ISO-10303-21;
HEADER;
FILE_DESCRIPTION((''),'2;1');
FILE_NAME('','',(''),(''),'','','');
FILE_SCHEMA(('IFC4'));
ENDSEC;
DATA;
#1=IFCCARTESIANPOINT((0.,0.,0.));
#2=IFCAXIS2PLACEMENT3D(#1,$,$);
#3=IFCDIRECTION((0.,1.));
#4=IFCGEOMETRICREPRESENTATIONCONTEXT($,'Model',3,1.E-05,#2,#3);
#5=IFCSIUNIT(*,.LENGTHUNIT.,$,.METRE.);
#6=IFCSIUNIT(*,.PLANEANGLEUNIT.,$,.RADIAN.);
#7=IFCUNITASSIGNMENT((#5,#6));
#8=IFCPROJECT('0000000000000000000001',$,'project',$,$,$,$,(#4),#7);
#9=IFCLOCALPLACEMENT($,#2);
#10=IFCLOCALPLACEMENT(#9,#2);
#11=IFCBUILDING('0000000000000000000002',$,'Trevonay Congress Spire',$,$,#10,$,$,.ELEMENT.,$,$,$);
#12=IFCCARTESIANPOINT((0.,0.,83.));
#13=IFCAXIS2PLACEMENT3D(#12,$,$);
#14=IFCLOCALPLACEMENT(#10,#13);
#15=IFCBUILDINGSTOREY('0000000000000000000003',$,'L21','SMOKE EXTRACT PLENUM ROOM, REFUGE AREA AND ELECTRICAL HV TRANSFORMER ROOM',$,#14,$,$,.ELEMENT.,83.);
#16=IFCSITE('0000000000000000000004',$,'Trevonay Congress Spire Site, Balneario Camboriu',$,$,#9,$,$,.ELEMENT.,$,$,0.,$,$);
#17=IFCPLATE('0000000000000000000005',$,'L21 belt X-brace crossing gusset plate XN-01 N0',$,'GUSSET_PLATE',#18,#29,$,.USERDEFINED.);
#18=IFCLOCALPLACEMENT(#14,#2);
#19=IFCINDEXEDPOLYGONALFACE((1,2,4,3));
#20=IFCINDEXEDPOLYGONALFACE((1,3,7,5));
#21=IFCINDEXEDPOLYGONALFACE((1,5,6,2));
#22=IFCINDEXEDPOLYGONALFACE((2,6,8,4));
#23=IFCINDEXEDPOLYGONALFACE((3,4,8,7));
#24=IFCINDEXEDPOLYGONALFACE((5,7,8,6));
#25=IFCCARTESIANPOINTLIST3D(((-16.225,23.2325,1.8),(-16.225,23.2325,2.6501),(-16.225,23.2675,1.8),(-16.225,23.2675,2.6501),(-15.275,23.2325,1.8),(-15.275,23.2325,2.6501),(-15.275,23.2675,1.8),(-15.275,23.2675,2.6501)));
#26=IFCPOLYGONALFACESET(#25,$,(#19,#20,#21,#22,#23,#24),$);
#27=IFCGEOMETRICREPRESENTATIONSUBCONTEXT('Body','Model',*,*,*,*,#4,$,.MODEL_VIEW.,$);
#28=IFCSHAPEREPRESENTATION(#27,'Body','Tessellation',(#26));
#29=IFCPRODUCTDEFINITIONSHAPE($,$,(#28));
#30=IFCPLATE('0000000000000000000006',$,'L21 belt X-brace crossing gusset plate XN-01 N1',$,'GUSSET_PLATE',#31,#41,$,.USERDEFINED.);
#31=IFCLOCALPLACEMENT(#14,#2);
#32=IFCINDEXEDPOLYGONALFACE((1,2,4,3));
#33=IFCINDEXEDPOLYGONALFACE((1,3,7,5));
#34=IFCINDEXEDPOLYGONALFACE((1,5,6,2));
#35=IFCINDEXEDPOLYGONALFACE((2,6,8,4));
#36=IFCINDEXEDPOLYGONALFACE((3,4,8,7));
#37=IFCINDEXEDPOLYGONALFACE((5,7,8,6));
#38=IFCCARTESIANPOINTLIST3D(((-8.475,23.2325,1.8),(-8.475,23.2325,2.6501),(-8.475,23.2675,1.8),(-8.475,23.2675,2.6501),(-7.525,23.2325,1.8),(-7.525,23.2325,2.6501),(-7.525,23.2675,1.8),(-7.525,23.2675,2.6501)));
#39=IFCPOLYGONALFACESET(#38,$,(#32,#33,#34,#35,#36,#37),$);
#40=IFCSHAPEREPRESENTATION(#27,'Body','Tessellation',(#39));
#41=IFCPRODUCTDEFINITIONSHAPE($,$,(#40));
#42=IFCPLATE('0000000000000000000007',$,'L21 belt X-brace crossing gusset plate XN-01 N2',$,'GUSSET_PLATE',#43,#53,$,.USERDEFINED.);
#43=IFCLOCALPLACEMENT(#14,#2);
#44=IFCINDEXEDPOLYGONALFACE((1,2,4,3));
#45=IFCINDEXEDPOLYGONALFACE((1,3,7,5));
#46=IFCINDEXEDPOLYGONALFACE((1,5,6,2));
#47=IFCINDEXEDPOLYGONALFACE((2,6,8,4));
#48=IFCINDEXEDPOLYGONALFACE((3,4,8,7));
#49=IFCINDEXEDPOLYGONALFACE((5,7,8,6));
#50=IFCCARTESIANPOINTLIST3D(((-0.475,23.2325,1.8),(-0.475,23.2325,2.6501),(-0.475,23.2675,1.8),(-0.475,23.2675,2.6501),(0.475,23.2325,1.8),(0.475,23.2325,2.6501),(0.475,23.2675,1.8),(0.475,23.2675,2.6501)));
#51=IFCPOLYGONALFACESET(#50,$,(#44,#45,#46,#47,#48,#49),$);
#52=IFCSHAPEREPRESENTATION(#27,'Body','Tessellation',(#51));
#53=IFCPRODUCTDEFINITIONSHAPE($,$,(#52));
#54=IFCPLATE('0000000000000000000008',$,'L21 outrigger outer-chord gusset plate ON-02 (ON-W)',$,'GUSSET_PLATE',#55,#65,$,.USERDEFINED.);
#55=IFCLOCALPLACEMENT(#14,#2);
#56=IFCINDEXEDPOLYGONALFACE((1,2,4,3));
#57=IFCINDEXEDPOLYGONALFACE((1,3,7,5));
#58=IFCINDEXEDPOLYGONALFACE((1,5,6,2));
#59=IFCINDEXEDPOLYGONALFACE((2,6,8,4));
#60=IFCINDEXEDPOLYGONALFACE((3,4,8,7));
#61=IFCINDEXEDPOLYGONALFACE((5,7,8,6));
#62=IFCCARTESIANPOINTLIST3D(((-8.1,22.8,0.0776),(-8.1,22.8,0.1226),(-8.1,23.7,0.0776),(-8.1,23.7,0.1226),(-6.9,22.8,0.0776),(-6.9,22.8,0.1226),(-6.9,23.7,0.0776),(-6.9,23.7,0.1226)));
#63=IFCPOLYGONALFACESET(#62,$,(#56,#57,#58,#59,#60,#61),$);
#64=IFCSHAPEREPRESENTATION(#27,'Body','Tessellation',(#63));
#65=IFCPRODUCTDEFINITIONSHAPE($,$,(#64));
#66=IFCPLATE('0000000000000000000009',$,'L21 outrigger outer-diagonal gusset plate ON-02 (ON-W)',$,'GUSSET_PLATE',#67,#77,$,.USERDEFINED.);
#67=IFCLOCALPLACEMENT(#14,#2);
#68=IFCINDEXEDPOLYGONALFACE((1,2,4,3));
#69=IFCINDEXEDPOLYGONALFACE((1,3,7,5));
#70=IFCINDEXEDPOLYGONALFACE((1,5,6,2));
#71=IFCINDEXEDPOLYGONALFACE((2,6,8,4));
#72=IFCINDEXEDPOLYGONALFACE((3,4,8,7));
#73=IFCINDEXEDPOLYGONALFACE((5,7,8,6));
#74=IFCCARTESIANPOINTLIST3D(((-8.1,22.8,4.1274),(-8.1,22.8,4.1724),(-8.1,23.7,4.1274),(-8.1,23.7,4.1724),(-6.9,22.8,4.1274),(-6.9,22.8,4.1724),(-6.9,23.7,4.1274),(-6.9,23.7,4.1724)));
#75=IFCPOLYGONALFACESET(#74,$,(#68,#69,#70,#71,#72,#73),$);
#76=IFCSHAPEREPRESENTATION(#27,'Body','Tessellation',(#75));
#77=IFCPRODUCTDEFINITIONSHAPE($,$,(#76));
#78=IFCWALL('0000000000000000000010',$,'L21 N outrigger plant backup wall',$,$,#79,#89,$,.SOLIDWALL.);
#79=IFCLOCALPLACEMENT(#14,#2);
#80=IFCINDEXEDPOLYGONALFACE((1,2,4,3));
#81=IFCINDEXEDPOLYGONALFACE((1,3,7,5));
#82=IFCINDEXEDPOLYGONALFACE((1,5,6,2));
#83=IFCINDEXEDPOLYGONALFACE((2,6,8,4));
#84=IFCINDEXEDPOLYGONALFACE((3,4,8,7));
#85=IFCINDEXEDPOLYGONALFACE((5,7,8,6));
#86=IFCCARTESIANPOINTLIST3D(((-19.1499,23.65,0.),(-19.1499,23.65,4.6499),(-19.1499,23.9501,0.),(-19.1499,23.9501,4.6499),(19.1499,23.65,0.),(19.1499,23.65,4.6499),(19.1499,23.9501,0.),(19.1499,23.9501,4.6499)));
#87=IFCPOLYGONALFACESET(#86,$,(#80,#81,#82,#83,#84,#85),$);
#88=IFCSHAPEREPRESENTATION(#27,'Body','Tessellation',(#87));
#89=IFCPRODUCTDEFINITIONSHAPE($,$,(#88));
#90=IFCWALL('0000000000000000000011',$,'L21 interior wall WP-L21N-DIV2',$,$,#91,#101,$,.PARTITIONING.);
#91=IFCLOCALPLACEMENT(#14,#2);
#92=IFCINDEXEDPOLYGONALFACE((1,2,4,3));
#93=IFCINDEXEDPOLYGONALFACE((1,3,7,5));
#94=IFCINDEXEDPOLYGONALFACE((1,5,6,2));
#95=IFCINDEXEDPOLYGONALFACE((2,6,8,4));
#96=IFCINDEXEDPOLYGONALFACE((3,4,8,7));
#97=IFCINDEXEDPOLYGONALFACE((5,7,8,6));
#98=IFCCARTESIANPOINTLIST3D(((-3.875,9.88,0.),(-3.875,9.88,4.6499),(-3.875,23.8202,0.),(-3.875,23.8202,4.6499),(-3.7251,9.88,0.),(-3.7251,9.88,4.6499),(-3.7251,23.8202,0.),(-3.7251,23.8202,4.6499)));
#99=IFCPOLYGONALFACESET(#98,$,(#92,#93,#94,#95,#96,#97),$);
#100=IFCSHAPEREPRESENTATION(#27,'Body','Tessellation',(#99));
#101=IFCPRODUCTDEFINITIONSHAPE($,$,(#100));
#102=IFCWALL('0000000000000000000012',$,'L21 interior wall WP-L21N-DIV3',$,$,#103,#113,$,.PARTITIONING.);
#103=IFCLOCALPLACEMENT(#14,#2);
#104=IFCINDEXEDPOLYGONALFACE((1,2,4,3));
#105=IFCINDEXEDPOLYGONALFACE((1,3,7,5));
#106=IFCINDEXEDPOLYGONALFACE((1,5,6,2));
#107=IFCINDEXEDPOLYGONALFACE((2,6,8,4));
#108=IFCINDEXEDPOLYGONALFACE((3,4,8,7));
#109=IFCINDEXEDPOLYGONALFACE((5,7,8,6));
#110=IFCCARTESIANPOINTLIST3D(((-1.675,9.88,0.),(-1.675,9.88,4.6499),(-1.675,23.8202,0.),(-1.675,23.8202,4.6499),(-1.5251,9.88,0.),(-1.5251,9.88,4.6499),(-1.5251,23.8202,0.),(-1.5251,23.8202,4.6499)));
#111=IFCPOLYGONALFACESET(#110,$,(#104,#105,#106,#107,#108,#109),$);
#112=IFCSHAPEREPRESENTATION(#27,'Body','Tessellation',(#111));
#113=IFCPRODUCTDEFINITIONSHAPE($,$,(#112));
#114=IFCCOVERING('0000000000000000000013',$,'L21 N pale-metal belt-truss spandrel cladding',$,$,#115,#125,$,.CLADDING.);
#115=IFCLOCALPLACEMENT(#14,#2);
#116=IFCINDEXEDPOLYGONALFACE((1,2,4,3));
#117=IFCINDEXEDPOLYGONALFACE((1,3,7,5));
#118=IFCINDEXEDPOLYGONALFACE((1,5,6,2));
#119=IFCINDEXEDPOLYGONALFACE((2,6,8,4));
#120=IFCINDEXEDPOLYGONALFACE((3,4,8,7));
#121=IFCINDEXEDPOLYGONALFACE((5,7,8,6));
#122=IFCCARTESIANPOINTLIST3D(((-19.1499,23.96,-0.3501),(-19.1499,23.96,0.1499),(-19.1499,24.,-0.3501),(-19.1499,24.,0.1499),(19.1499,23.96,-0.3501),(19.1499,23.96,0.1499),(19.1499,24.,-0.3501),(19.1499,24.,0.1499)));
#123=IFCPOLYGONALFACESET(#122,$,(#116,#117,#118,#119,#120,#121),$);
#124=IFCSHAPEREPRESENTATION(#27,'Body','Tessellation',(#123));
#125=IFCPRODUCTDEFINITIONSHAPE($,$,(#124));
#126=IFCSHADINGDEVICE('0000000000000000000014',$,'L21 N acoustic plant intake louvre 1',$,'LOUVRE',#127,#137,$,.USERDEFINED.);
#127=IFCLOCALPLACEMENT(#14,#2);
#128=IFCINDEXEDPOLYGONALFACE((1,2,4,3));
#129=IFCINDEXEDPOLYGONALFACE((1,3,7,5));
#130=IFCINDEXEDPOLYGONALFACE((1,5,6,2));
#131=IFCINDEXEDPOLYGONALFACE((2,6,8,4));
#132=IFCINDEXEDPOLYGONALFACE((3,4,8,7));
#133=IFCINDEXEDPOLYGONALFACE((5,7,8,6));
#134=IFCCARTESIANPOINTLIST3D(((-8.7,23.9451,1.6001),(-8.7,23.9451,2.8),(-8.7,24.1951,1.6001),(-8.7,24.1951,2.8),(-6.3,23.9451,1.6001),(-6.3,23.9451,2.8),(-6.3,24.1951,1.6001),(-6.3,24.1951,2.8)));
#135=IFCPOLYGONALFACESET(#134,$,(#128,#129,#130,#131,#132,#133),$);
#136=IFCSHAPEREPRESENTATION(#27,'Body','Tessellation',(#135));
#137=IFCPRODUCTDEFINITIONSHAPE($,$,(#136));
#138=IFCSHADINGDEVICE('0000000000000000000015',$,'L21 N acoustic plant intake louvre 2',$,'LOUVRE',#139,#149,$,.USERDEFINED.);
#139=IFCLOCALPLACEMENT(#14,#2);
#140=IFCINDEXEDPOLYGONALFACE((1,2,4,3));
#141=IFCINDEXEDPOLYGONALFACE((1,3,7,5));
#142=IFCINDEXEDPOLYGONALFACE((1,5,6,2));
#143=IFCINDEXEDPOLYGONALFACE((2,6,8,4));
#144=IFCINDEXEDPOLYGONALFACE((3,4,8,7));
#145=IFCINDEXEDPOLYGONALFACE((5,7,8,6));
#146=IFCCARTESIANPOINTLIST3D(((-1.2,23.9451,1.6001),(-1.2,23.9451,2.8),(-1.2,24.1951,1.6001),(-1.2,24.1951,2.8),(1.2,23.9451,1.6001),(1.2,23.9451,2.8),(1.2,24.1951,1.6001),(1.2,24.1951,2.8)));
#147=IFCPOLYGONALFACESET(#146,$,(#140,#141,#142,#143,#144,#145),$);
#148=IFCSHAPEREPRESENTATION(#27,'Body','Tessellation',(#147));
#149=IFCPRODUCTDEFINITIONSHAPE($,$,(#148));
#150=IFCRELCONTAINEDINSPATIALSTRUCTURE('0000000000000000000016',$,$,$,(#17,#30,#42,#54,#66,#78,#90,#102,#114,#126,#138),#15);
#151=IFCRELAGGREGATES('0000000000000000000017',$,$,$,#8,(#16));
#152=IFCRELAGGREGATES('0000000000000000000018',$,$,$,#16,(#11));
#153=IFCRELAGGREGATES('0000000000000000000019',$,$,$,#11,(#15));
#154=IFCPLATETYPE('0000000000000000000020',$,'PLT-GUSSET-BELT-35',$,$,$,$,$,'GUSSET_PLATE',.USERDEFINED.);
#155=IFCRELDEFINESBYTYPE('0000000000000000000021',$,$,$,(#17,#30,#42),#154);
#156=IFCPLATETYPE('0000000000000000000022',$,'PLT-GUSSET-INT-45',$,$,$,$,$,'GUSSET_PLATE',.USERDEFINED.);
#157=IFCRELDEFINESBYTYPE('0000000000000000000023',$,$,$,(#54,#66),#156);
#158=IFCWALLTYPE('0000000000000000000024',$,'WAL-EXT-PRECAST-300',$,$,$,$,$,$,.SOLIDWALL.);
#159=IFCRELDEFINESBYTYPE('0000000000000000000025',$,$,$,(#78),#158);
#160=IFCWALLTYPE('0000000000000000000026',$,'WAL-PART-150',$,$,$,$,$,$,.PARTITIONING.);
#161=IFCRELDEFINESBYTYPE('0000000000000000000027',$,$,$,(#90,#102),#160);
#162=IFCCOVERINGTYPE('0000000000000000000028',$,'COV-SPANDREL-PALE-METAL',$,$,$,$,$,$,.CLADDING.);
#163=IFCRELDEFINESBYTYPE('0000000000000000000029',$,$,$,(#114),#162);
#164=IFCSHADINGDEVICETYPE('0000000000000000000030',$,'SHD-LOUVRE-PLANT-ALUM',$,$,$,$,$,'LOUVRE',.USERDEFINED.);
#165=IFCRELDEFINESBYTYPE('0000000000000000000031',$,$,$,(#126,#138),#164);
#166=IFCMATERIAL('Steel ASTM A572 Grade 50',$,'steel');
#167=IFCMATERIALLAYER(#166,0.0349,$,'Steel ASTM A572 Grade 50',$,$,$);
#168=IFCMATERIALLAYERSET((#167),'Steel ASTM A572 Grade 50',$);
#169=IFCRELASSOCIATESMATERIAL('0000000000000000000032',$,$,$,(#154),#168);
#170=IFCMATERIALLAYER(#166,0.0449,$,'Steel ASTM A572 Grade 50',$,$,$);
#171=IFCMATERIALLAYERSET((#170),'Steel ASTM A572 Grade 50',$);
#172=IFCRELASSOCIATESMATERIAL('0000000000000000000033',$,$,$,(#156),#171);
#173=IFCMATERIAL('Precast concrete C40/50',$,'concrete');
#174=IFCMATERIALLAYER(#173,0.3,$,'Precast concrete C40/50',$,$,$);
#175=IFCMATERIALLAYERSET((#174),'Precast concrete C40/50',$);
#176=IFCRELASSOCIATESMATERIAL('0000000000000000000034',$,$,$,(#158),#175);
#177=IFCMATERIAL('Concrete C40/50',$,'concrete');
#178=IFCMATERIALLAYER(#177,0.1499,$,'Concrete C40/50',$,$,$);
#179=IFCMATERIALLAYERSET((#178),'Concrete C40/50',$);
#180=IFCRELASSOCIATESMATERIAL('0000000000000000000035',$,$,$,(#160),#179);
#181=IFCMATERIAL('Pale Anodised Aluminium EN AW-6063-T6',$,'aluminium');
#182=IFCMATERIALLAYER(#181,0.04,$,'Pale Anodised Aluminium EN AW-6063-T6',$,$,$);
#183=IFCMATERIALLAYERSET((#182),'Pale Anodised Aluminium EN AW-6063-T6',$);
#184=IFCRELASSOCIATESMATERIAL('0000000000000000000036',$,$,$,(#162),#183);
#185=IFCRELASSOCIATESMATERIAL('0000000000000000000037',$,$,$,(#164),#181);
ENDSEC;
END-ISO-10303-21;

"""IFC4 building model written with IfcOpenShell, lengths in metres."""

from ifc_helpers import new_model, si_unit, direction, frame, frame_2d, origin, origin_2d, place, context, subcontext, project, spatial, rectangle, extrude, material, layer, layer_set, type_object, element, save


model = new_model("IFC4")

# Units and contexts
model_context = context("Model", 3, precision=1e-05, world=origin(), true_north=direction((0.0, 1.0)))
body_context = subcontext(model_context, "Body", "Model", "MODEL_VIEW")
ifc_project = project(units=[si_unit("LENGTHUNIT", "METRE"), si_unit("PLANEANGLEUNIT", "RADIAN")], contexts=[model_context])

# Site, building, storey
site_placement = place(None, origin())
site = spatial("IfcSite", under=ifc_project, at=site_placement, Name="Trevonay Congress Spire Site, Balneario Camboriu", CompositionType="ELEMENT", RefElevation=0.0)
building_placement = place(site_placement, origin())
building = spatial("IfcBuilding", under=site, at=building_placement, Name="Trevonay Congress Spire", CompositionType="ELEMENT")
storey_placement = place(building_placement, frame((0.0, 0.0, 83.0)))
storey = spatial("IfcBuildingStorey", under=building, at=storey_placement, Name="L21", Description="SMOKE EXTRACT PLENUM ROOM, REFUGE AREA AND ELECTRICAL HV TRANSFORMER ROOM", CompositionType="ELEMENT", Elevation=83.0)

# Shared definitions
ifc_material_1 = material(Name="Steel ASTM A572 Grade 50", Category="steel")

# Plates
ifc_layer_1 = layer(ifc_material_1, 0.0349, Name="Steel ASTM A572 Grade 50")
ifc_layer_set_1 = layer_set([ifc_layer_1], Name="Steel ASTM A572 Grade 50")
plate_type_1 = type_object("IfcPlateType", Name="PLT-GUSSET-BELT-35", ElementType="GUSSET_PLATE", PredefinedType="USERDEFINED", material=ifc_layer_set_1)
for number, where, z_axis, x_axis, name in (
    (1, (-15.75, 23.25, 1.8), (0.0, 0.0, 1.0), (1.0, 0.0, 0.0), "L21 belt X-brace crossing gusset plate XN-01 N0"),
    (2, (-8.0, 23.25, 1.8), (0.0, 0.0, 1.0), (1.0, 0.0, 0.0), "L21 belt X-brace crossing gusset plate XN-01 N1"),
    (3, (0.0, 23.25, 1.8), (0.0, 0.0, 1.0), (1.0, 0.0, 0.0), "L21 belt X-brace crossing gusset plate XN-01 N2"),
):
    element("IfcPlate", number, at=place(storey_placement, frame(where, z_axis=z_axis, x_axis=x_axis)), inside=storey, type_object=plate_type_1, Name=name, ObjectType="GUSSET_PLATE", PredefinedType="USERDEFINED", context=body_context, shape_type="SweptSolid", body=[
        extrude(rectangle(XDim=0.95, YDim=0.0349, at=origin_2d()), origin(), (0.0, 0.0, 1.0), 0.8501),
    ])
ifc_layer_2 = layer(ifc_material_1, 0.0449, Name="Steel ASTM A572 Grade 50")
ifc_layer_set_2 = layer_set([ifc_layer_2], Name="Steel ASTM A572 Grade 50")
plate_type_2 = type_object("IfcPlateType", Name="PLT-GUSSET-INT-45", ElementType="GUSSET_PLATE", PredefinedType="USERDEFINED", material=ifc_layer_set_2)
for number, where, z_axis, x_axis, name in (
    (4, (-7.5, 23.25, 0.0776), (0.0, 0.0, 1.0), (1.0, 0.0, 0.0), "L21 outrigger outer-chord gusset plate ON-02 (ON-W)"),
    (5, (-7.5, 23.25, 4.1274), (0.0, 0.0, 1.0), (1.0, 0.0, 0.0), "L21 outrigger outer-diagonal gusset plate ON-02 (ON-W)"),
):
    element("IfcPlate", number, at=place(storey_placement, frame(where, z_axis=z_axis, x_axis=x_axis)), inside=storey, type_object=plate_type_2, Name=name, ObjectType="GUSSET_PLATE", PredefinedType="USERDEFINED", context=body_context, shape_type="SweptSolid", body=[
        extrude(rectangle(XDim=1.2, YDim=0.8999, at=origin_2d()), origin(), (0.0, 0.0, 1.0), 0.0449),
    ])

# Walls
ifc_material_2 = material(Name="Precast concrete C40/50", Category="concrete")
ifc_layer_3 = layer(ifc_material_2, 0.3, Name="Precast concrete C40/50")
ifc_layer_set_3 = layer_set([ifc_layer_3], Name="Precast concrete C40/50")
wall_type_1 = type_object("IfcWallType", Name="WAL-EXT-PRECAST-300", PredefinedType="SOLIDWALL", material=ifc_layer_set_3)
wall_placement = place(storey_placement, frame((-19.1499, 23.8, 0.0), z_axis=(0.0, 0.0, 1.0), x_axis=(1.0, 0.0, 0.0)))
element("IfcWall", 6, at=wall_placement, inside=storey, type_object=wall_type_1, Name="L21 N outrigger plant backup wall", PredefinedType="SOLIDWALL", context=body_context, shape_type="SweptSolid", body=[
    extrude(rectangle(XDim=38.2998, YDim=0.3, at=frame_2d((19.1499, 0.0))), origin(), (0.0, 0.0, 1.0), 4.6499),
])
ifc_material_3 = material(Name="Concrete C40/50", Category="concrete")
ifc_layer_4 = layer(ifc_material_3, 0.1499, Name="Concrete C40/50")
ifc_layer_set_4 = layer_set([ifc_layer_4], Name="Concrete C40/50")
wall_type_2 = type_object("IfcWallType", Name="WAL-PART-150", PredefinedType="PARTITIONING", material=ifc_layer_set_4)
for number, where, z_axis, x_axis, name in (
    (7, (-3.8, 9.8799, 0.0), (0.0, 0.0, 1.0), (0.0, 1.0, 0.0), "L21 interior wall WP-L21N-DIV2"),
    (8, (-1.6001, 9.8799, 0.0), (0.0, 0.0, 1.0), (0.0, 1.0, 0.0), "L21 interior wall WP-L21N-DIV3"),
):
    element("IfcWall", number, at=place(storey_placement, frame(where, z_axis=z_axis, x_axis=x_axis)), inside=storey, type_object=wall_type_2, Name=name, PredefinedType="PARTITIONING", context=body_context, shape_type="SweptSolid", body=[
        extrude(rectangle(XDim=13.9402, YDim=0.1499, at=frame_2d((6.9702, 0.0))), origin(), (0.0, 0.0, 1.0), 4.6499),
    ])

# Covering
ifc_material_4 = material(Name="Pale Anodised Aluminium EN AW-6063-T6", Category="aluminium")
ifc_layer_5 = layer(ifc_material_4, 0.04, Name="Pale Anodised Aluminium EN AW-6063-T6")
ifc_layer_set_5 = layer_set([ifc_layer_5], Name="Pale Anodised Aluminium EN AW-6063-T6")
covering_type = type_object("IfcCoveringType", Name="COV-SPANDREL-PALE-METAL", PredefinedType="CLADDING", material=ifc_layer_set_5)
covering_placement = place(storey_placement, frame((-19.1499, 23.98, -0.3501), z_axis=(0.0, 0.0, 1.0), x_axis=(1.0, 0.0, 0.0)))
element("IfcCovering", 9, at=covering_placement, inside=storey, type_object=covering_type, Name="L21 N pale-metal belt-truss spandrel cladding", PredefinedType="CLADDING", context=body_context, shape_type="SweptSolid", body=[
    extrude(rectangle(XDim=38.2998, YDim=0.04, at=frame_2d((19.1499, 0.0))), origin(), (0.0, 0.0, 1.0), 0.5),
])

# Shading devices
shading_device_type = type_object("IfcShadingDeviceType", Name="SHD-LOUVRE-PLANT-ALUM", ElementType="LOUVRE", PredefinedType="USERDEFINED", material=ifc_material_4)
for number, where, z_axis, x_axis, name in (
    (10, (-7.5, 24.0701, 1.6001), (0.0, 0.0, 1.0), (1.0, 0.0, 0.0), "L21 N acoustic plant intake louvre 1"),
    (11, (0.0, 24.0701, 1.6001), (0.0, 0.0, 1.0), (1.0, 0.0, 0.0), "L21 N acoustic plant intake louvre 2"),
):
    element("IfcShadingDevice", number, at=place(storey_placement, frame(where, z_axis=z_axis, x_axis=x_axis)), inside=storey, type_object=shading_device_type, Name=name, ObjectType="LOUVRE", PredefinedType="USERDEFINED", context=body_context, shape_type="SweptSolid", body=[
        extrude(rectangle(XDim=2.3999, YDim=0.25, at=origin_2d()), origin(), (0.0, 0.0, 1.0), 1.2),
    ])

save(model, "model.ifc")
